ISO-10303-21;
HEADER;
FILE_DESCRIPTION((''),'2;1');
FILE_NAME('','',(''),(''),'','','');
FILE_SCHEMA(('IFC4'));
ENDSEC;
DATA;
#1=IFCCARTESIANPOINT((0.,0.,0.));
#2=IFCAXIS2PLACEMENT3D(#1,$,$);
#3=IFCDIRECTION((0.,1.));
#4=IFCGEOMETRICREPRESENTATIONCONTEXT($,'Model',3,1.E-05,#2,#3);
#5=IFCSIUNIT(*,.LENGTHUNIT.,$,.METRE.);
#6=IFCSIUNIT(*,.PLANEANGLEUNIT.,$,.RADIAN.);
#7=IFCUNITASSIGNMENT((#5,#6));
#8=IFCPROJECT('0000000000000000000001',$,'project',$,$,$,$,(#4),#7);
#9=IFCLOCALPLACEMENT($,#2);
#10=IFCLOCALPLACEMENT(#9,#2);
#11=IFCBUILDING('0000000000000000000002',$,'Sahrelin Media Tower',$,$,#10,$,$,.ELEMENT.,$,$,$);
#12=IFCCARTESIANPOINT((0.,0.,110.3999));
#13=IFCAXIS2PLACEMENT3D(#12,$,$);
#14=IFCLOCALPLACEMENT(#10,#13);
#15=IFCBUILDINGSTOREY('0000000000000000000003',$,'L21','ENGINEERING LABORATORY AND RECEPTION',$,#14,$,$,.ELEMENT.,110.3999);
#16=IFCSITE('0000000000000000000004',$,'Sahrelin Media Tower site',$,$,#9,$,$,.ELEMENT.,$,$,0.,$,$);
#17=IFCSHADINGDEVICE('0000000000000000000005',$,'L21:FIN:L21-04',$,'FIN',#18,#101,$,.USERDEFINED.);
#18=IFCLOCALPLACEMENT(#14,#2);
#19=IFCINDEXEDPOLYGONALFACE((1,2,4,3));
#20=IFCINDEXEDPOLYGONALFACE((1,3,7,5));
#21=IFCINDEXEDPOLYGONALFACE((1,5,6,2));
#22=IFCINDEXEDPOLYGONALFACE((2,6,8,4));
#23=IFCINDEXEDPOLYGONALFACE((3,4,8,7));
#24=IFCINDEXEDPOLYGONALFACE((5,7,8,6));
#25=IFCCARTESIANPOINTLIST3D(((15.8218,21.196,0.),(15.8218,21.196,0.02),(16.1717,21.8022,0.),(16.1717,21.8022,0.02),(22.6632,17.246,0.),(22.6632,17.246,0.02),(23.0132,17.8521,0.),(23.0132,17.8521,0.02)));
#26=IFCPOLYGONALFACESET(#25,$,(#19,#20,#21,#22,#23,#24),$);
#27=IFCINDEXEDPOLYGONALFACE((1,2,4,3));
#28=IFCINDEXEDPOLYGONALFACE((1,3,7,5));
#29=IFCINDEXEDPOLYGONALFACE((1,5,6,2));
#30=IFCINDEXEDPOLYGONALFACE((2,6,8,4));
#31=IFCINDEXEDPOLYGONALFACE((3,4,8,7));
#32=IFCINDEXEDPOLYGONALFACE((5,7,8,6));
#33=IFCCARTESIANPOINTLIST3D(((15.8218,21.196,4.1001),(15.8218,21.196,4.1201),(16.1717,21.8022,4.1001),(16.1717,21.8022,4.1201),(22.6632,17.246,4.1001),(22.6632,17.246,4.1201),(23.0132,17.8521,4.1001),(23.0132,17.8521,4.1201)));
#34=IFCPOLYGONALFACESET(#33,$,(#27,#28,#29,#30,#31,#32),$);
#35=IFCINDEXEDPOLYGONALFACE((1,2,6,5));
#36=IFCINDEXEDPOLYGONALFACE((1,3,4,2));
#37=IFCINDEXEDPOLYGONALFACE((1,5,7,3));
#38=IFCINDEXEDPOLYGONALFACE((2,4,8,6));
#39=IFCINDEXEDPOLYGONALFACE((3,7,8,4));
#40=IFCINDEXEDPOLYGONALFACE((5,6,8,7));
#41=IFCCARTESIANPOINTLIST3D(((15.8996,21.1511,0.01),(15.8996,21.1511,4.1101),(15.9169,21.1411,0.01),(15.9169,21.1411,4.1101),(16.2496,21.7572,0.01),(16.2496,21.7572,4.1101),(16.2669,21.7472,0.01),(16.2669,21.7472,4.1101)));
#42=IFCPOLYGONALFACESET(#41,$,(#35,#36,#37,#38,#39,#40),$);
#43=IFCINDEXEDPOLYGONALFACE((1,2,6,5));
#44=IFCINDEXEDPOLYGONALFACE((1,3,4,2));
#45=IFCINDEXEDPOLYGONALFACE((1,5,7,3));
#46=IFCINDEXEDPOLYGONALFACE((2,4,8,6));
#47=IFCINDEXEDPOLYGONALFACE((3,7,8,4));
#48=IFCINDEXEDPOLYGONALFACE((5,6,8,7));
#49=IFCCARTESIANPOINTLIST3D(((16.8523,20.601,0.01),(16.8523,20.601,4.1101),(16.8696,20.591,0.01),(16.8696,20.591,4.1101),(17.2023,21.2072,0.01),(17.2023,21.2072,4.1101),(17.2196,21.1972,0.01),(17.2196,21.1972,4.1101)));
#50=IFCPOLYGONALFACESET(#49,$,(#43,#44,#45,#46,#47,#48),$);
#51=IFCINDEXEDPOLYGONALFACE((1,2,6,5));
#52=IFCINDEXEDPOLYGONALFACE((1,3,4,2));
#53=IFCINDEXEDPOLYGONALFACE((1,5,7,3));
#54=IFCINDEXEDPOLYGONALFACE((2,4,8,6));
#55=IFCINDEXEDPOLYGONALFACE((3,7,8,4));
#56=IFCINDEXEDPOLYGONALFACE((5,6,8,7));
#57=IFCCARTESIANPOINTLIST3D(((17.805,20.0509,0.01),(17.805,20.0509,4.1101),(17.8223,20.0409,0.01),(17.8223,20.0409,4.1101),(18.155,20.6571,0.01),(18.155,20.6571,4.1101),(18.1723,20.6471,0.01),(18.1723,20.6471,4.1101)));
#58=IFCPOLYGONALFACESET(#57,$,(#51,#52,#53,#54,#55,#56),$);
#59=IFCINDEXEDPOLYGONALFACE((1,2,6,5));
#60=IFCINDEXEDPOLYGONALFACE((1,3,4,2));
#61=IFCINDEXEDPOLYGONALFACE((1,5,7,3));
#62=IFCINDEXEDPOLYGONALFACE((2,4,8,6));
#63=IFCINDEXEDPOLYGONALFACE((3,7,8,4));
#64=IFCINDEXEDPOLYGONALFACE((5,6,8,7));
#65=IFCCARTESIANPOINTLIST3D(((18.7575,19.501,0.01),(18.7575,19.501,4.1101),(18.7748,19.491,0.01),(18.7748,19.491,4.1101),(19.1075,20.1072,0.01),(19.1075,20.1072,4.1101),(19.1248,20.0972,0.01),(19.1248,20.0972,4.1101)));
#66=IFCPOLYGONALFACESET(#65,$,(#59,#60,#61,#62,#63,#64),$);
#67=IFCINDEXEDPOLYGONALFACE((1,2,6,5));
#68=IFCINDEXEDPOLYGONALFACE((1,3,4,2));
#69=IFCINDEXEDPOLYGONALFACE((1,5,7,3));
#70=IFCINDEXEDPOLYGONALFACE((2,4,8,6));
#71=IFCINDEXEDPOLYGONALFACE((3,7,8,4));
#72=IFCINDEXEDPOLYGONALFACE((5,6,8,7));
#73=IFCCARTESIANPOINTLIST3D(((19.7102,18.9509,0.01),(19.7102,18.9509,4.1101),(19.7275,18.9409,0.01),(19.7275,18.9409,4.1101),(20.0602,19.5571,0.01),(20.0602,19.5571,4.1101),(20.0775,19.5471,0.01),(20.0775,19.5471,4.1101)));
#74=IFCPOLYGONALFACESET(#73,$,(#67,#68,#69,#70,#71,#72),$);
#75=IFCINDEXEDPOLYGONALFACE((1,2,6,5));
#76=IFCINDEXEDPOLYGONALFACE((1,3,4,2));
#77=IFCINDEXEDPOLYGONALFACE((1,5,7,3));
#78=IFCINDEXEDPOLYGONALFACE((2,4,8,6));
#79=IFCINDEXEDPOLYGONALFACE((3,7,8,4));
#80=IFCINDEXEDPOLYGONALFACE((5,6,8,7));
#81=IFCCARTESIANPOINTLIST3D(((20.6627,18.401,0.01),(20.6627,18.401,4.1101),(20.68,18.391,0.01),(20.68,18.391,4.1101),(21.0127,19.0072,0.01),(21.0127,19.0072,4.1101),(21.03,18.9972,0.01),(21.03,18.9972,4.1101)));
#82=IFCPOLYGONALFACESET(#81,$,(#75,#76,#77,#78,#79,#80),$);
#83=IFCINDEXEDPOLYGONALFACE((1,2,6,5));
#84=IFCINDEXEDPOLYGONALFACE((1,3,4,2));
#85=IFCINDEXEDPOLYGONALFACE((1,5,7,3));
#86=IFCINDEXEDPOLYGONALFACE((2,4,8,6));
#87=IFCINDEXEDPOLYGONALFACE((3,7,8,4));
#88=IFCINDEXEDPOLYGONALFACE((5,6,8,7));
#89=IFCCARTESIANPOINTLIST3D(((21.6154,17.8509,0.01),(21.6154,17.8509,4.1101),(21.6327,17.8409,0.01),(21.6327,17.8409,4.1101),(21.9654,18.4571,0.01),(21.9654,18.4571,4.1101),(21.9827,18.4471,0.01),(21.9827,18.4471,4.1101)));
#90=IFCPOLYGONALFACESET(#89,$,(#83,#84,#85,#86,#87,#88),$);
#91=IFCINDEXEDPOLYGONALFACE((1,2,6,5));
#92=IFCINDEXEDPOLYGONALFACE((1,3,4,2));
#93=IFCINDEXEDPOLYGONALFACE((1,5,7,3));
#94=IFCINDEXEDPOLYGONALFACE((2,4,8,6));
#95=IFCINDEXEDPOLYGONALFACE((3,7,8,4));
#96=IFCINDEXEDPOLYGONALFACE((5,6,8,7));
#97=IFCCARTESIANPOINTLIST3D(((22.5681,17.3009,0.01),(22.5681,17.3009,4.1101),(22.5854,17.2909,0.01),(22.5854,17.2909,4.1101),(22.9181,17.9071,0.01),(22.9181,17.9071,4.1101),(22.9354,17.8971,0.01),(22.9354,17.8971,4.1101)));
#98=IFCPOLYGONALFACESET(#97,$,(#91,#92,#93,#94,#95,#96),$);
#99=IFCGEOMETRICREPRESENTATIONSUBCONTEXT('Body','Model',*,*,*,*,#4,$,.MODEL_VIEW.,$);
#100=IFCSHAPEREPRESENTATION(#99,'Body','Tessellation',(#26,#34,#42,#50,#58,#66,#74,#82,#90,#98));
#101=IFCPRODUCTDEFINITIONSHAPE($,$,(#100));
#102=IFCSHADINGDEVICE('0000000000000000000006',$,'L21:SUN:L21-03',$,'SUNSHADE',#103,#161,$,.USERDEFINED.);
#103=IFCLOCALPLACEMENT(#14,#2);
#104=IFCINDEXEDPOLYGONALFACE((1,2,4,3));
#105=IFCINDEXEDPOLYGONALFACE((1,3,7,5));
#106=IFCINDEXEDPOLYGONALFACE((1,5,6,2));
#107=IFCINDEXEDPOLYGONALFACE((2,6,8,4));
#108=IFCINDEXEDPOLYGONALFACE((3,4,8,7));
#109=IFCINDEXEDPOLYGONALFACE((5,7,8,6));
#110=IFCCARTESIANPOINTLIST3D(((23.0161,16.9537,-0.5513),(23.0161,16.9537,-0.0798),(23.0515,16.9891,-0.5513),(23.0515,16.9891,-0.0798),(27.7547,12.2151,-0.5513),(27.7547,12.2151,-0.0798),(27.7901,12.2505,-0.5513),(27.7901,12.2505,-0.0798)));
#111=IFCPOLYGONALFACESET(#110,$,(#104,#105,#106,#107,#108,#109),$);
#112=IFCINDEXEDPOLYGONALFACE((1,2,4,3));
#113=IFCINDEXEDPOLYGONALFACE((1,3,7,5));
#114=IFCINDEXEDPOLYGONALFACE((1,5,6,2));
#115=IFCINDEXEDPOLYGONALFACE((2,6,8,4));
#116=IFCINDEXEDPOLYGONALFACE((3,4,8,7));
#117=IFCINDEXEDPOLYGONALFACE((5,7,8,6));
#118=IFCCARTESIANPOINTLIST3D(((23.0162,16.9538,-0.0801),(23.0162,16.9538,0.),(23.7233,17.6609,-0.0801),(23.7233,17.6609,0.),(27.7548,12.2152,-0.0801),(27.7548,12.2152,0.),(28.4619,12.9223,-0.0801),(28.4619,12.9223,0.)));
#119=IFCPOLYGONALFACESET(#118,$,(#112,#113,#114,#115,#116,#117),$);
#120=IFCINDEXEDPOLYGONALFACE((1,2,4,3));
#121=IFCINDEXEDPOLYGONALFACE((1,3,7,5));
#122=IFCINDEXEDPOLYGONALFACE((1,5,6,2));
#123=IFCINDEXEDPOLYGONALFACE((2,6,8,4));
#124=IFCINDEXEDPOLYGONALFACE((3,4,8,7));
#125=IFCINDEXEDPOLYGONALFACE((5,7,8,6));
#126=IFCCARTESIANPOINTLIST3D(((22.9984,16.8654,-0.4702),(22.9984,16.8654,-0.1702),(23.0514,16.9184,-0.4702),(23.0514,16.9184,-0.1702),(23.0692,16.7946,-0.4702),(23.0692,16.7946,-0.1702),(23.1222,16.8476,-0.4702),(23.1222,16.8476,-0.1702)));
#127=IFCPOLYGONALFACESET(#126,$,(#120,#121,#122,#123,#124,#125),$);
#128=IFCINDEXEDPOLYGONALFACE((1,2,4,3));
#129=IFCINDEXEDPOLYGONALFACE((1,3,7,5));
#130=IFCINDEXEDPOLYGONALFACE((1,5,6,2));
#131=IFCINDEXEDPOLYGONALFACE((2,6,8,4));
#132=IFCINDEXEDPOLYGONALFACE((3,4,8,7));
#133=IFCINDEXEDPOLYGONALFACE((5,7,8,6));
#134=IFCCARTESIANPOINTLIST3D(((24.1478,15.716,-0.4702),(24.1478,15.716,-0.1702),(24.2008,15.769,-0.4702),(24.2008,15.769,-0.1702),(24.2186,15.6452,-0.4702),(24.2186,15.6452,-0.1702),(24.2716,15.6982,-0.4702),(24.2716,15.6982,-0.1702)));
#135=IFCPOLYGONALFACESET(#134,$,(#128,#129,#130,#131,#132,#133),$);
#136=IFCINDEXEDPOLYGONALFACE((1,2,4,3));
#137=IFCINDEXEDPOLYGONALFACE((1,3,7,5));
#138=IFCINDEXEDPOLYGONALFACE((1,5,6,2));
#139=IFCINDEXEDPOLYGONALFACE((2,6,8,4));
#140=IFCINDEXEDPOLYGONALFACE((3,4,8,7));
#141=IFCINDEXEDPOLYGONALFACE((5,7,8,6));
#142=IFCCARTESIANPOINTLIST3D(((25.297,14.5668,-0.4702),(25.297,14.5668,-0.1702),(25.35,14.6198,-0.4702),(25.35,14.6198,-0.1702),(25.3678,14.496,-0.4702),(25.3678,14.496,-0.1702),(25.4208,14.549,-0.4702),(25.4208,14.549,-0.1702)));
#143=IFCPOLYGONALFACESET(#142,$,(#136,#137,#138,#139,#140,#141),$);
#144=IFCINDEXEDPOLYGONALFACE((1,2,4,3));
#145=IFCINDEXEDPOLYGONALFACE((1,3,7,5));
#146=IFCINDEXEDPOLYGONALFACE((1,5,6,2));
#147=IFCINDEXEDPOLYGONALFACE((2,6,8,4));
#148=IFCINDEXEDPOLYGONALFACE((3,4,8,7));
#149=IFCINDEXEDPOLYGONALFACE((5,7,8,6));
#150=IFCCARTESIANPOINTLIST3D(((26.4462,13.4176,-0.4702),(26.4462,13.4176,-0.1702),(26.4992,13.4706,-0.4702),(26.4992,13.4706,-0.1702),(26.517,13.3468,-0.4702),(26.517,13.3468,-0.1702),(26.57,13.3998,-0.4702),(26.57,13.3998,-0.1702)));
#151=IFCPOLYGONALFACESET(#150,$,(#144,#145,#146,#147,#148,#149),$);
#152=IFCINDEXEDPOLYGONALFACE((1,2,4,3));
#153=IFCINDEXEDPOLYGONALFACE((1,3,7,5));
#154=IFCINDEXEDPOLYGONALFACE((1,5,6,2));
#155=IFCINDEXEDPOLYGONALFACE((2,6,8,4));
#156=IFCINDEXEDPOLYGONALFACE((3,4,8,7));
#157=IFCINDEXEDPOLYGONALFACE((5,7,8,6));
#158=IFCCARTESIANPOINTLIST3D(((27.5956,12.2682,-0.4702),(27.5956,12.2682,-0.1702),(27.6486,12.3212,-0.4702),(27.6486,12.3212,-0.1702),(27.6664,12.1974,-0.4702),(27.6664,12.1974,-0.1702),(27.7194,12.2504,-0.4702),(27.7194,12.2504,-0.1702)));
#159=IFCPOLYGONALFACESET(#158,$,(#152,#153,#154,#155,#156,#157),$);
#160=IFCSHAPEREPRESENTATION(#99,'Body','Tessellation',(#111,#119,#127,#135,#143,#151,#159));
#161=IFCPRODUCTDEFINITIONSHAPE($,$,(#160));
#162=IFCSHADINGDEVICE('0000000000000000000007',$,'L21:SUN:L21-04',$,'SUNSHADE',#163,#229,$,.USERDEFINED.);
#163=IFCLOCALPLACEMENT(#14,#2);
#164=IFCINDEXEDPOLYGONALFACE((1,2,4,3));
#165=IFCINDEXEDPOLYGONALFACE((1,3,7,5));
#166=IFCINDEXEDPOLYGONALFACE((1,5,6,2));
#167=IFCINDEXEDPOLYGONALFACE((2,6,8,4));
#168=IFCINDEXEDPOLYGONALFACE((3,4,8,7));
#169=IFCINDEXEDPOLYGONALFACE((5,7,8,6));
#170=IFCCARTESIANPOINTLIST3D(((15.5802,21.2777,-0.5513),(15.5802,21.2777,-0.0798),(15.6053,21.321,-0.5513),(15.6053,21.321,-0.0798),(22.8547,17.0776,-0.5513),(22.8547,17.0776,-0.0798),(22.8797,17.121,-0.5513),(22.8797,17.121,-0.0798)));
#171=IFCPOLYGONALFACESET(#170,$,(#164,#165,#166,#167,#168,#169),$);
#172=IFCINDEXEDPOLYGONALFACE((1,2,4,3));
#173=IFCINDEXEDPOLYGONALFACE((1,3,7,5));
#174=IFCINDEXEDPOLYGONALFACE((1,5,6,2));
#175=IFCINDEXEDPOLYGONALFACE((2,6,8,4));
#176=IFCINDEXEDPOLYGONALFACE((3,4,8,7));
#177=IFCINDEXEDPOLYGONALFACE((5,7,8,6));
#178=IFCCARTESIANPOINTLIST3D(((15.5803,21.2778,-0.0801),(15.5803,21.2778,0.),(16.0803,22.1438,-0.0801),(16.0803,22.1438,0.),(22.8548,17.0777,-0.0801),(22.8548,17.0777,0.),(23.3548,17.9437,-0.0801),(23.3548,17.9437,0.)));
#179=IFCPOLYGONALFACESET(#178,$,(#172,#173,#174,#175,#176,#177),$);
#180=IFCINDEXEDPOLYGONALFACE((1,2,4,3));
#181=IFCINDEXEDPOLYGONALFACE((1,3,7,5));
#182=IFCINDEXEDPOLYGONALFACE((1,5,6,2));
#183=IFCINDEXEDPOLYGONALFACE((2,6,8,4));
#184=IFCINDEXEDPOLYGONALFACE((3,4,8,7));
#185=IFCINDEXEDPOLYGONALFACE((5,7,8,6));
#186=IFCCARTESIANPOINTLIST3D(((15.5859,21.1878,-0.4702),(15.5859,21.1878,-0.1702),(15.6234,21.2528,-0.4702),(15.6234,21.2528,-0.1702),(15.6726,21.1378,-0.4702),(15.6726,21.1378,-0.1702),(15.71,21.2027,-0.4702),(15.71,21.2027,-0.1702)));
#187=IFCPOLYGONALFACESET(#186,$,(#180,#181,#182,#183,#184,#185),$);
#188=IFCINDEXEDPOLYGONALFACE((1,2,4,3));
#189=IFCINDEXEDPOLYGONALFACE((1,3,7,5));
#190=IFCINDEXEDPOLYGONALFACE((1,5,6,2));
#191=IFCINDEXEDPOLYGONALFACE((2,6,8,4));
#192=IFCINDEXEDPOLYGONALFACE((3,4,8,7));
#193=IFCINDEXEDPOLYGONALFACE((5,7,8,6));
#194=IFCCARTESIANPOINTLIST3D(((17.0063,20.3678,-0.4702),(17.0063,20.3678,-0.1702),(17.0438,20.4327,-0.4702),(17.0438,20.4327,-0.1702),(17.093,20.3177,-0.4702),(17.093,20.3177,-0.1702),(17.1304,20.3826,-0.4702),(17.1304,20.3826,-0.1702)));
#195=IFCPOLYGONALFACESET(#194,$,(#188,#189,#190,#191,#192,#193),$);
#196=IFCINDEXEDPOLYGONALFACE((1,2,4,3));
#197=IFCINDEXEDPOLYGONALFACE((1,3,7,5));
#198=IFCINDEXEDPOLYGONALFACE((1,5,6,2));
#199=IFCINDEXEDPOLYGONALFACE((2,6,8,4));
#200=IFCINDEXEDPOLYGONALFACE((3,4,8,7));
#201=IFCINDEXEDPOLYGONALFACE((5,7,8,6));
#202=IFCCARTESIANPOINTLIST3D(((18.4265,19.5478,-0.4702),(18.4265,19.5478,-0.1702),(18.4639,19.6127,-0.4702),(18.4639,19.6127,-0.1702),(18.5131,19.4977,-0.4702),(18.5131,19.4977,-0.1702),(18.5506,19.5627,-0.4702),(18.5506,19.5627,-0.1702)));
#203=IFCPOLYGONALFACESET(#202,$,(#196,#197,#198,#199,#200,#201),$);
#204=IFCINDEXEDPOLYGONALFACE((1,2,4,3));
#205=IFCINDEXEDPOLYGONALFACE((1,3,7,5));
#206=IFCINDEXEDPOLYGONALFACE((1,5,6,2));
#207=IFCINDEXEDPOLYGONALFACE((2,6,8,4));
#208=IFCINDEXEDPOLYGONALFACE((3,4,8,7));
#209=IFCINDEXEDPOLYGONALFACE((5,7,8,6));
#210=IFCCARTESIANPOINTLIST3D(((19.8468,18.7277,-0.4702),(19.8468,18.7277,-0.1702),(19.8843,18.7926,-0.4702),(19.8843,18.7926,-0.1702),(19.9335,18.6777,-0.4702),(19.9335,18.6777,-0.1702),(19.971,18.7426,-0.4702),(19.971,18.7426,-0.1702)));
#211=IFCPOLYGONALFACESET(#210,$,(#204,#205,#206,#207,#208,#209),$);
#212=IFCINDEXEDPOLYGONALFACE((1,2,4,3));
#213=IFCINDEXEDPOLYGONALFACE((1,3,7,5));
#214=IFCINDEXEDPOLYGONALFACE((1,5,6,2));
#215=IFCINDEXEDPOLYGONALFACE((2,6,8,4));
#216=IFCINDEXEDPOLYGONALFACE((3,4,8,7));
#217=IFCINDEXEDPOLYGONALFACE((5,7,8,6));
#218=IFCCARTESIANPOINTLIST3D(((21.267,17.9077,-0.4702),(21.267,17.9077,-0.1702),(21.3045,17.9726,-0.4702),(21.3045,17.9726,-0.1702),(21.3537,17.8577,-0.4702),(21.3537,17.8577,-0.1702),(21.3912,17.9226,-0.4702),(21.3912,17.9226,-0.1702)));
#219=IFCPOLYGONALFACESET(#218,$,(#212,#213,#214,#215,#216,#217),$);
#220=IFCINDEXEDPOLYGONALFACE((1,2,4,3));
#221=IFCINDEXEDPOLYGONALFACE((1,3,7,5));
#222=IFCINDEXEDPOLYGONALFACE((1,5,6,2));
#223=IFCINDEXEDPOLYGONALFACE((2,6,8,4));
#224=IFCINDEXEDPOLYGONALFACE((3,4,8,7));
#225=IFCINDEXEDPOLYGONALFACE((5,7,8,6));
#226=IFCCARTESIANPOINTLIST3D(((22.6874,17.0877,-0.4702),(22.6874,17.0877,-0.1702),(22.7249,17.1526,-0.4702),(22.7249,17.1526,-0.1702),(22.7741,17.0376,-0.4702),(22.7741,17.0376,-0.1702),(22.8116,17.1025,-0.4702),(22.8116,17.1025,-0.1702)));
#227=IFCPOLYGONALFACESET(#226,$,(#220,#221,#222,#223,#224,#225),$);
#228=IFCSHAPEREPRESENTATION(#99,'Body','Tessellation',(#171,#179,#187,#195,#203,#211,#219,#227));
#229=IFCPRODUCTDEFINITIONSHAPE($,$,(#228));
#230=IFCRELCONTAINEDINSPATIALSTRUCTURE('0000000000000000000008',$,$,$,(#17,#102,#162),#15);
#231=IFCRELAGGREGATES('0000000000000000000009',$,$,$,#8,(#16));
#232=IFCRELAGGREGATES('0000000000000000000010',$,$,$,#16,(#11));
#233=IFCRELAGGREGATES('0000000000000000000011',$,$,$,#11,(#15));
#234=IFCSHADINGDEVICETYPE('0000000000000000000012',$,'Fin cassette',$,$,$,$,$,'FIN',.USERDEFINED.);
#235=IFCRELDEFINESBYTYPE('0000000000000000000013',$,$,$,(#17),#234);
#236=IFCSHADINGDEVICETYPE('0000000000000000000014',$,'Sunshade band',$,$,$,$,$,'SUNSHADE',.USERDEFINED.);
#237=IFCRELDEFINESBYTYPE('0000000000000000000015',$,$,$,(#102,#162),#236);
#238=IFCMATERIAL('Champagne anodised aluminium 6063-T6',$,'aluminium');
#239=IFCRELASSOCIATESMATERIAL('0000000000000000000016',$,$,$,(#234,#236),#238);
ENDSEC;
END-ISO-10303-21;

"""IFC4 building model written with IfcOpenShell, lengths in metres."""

from ifc_helpers import new_model, si_unit, direction, frame, origin, origin_2d, place, context, subcontext, project, spatial, rectangle, extrude, material, type_object, element, save


model = new_model("IFC4")

# Units and contexts
model_context = context("Model", 3, precision=1e-05, world=origin(), true_north=direction((0.0, 1.0)))
body_context = subcontext(model_context, "Body", "Model", "MODEL_VIEW")
ifc_project = project(units=[si_unit("LENGTHUNIT", "METRE"), si_unit("PLANEANGLEUNIT", "RADIAN")], contexts=[model_context])

# Site, building, storey
site_placement = place(None, origin())
site = spatial("IfcSite", under=ifc_project, at=site_placement, Name="Sahrelin Media Tower site", CompositionType="ELEMENT", RefElevation=0.0)
building_placement = place(site_placement, origin())
building = spatial("IfcBuilding", under=site, at=building_placement, Name="Sahrelin Media Tower", CompositionType="ELEMENT")
storey_placement = place(building_placement, frame((0.0, 0.0, 110.3999)))
storey = spatial("IfcBuildingStorey", under=building, at=storey_placement, Name="L21", Description="ENGINEERING LABORATORY AND RECEPTION", CompositionType="ELEMENT", Elevation=110.3999)

# Shared definitions
ifc_material_1 = material(Name="Champagne anodised aluminium 6063-T6", Category="aluminium")

# Shading devices
shading_device_type_1 = type_object("IfcShadingDeviceType", Name="Fin cassette", ElementType="FIN", PredefinedType="USERDEFINED", material=ifc_material_1)
placement_1 = place(storey_placement, frame((25.3713, 14.5703, 0.0), z_axis=(0.0, 0.0, 1.0), x_axis=(0.707107, -0.707107, 0.0)))
placement_2 = place(storey_placement, frame((19.2075, 19.1604, 0.0), z_axis=(0.0, 0.0, 1.0), x_axis=(0.866019, -0.500011, 0.0)))
element("IfcShadingDevice", 1, at=placement_2, inside=storey, type_object=shading_device_type_1, Name="L21:FIN:L21-04", ObjectType="FIN", PredefinedType="USERDEFINED", context=body_context, shape_type="SweptSolid", body=[
    extrude(rectangle(XDim=7.8999, YDim=0.7, at=origin_2d()), frame((0.0, 0.4199, 0.0)), (0.0, 0.0, 1.0), 0.02),
    extrude(rectangle(XDim=7.8999, YDim=0.7, at=origin_2d()), frame((0.0, 0.4199, 4.1001)), (0.0, 0.0, 1.0), 0.02),
    extrude(rectangle(XDim=0.02, YDim=0.7, at=origin_2d()), frame((-3.8501, 0.4199, 0.01), z_axis=(0.0, 0.0, 1.0), x_axis=(1.0, 0.0, 0.0)), (0.0, 0.0, 1.0), 4.1001),
    extrude(rectangle(XDim=0.02, YDim=0.7, at=origin_2d()), frame((-2.75, 0.4199, 0.01), z_axis=(0.0, 0.0, 1.0), x_axis=(1.0, 0.0, 0.0)), (0.0, 0.0, 1.0), 4.1001),
    extrude(rectangle(XDim=0.02, YDim=0.7, at=origin_2d()), frame((-1.6499, 0.4199, 0.01), z_axis=(0.0, 0.0, 1.0), x_axis=(1.0, 0.0, 0.0)), (0.0, 0.0, 1.0), 4.1001),
    extrude(rectangle(XDim=0.02, YDim=0.7, at=origin_2d()), frame((-0.55, 0.4199, 0.01), z_axis=(0.0, 0.0, 1.0), x_axis=(1.0, 0.0, 0.0)), (0.0, 0.0, 1.0), 4.1001),
    extrude(rectangle(XDim=0.02, YDim=0.7, at=origin_2d()), frame((0.55, 0.4199, 0.01), z_axis=(0.0, 0.0, 1.0), x_axis=(1.0, 0.0, 0.0)), (0.0, 0.0, 1.0), 4.1001),
    extrude(rectangle(XDim=0.02, YDim=0.7, at=origin_2d()), frame((1.6499, 0.4199, 0.01), z_axis=(0.0, 0.0, 1.0), x_axis=(1.0, 0.0, 0.0)), (0.0, 0.0, 1.0), 4.1001),
    extrude(rectangle(XDim=0.02, YDim=0.7, at=origin_2d()), frame((2.75, 0.4199, 0.01), z_axis=(0.0, 0.0, 1.0), x_axis=(1.0, 0.0, 0.0)), (0.0, 0.0, 1.0), 4.1001),
    extrude(rectangle(XDim=0.02, YDim=0.7, at=origin_2d()), frame((3.8501, 0.4199, 0.01), z_axis=(0.0, 0.0, 1.0), x_axis=(1.0, 0.0, 0.0)), (0.0, 0.0, 1.0), 4.1001),
])
shading_device_type_2 = type_object("IfcShadingDeviceType", Name="Sunshade band", ElementType="SUNSHADE", PredefinedType="USERDEFINED", material=ifc_material_1)
element("IfcShadingDevice", 2, at=placement_1, inside=storey, type_object=shading_device_type_2, Name="L21:SUN:L21-03", ObjectType="SUNSHADE", PredefinedType="USERDEFINED", context=body_context, shape_type="SweptSolid", body=[
    extrude(rectangle(XDim=6.7014, YDim=0.05, at=origin_2d()), frame((0.0, 0.0449, -0.5513)), (0.0, 0.0, 1.0), 0.4714),
    extrude(rectangle(XDim=6.7014, YDim=1.0, at=origin_2d()), frame((0.0, 0.52, -0.0801)), (0.0, 0.0, 1.0), 0.0801),
    extrude(rectangle(XDim=0.1001, YDim=0.075, at=origin_2d()), frame((-3.2507, -0.0176, -0.4702)), (0.0, 0.0, 1.0), 0.3),
    extrude(rectangle(XDim=0.1001, YDim=0.075, at=origin_2d()), frame((-1.6252, -0.0176, -0.4702)), (0.0, 0.0, 1.0), 0.3),
    extrude(rectangle(XDim=0.1001, YDim=0.075, at=origin_2d()), frame((0.0, -0.0176, -0.4702)), (0.0, 0.0, 1.0), 0.3),
    extrude(rectangle(XDim=0.1001, YDim=0.075, at=origin_2d()), frame((1.6252, -0.0176, -0.4702)), (0.0, 0.0, 1.0), 0.3),
    extrude(rectangle(XDim=0.1001, YDim=0.075, at=origin_2d()), frame((3.2507, -0.0176, -0.4702)), (0.0, 0.0, 1.0), 0.3),
])
element("IfcShadingDevice", 3, at=placement_2, inside=storey, type_object=shading_device_type_2, Name="L21:SUN:L21-04", ObjectType="SUNSHADE", PredefinedType="USERDEFINED", context=body_context, shape_type="SweptSolid", body=[
    extrude(rectangle(XDim=8.3999, YDim=0.05, at=origin_2d()), frame((0.0, 0.0449, -0.5513)), (0.0, 0.0, 1.0), 0.4714),
    extrude(rectangle(XDim=8.3999, YDim=1.0, at=origin_2d()), frame((0.0, 0.52, -0.0801)), (0.0, 0.0, 1.0), 0.0801),
    extrude(rectangle(XDim=0.1001, YDim=0.075, at=origin_2d()), frame((-4.1001, -0.0176, -0.4702)), (0.0, 0.0, 1.0), 0.3),
    extrude(rectangle(XDim=0.1001, YDim=0.075, at=origin_2d()), frame((-2.46, -0.0176, -0.4702)), (0.0, 0.0, 1.0), 0.3),
    extrude(rectangle(XDim=0.1001, YDim=0.075, at=origin_2d()), frame((-0.8201, -0.0176, -0.4702)), (0.0, 0.0, 1.0), 0.3),
    extrude(rectangle(XDim=0.1001, YDim=0.075, at=origin_2d()), frame((0.8201, -0.0176, -0.4702)), (0.0, 0.0, 1.0), 0.3),
    extrude(rectangle(XDim=0.1001, YDim=0.075, at=origin_2d()), frame((2.46, -0.0176, -0.4702)), (0.0, 0.0, 1.0), 0.3),
    extrude(rectangle(XDim=0.1001, YDim=0.075, at=origin_2d()), frame((4.1001, -0.0176, -0.4702)), (0.0, 0.0, 1.0), 0.3),
])

save(model, "model.ifc")
